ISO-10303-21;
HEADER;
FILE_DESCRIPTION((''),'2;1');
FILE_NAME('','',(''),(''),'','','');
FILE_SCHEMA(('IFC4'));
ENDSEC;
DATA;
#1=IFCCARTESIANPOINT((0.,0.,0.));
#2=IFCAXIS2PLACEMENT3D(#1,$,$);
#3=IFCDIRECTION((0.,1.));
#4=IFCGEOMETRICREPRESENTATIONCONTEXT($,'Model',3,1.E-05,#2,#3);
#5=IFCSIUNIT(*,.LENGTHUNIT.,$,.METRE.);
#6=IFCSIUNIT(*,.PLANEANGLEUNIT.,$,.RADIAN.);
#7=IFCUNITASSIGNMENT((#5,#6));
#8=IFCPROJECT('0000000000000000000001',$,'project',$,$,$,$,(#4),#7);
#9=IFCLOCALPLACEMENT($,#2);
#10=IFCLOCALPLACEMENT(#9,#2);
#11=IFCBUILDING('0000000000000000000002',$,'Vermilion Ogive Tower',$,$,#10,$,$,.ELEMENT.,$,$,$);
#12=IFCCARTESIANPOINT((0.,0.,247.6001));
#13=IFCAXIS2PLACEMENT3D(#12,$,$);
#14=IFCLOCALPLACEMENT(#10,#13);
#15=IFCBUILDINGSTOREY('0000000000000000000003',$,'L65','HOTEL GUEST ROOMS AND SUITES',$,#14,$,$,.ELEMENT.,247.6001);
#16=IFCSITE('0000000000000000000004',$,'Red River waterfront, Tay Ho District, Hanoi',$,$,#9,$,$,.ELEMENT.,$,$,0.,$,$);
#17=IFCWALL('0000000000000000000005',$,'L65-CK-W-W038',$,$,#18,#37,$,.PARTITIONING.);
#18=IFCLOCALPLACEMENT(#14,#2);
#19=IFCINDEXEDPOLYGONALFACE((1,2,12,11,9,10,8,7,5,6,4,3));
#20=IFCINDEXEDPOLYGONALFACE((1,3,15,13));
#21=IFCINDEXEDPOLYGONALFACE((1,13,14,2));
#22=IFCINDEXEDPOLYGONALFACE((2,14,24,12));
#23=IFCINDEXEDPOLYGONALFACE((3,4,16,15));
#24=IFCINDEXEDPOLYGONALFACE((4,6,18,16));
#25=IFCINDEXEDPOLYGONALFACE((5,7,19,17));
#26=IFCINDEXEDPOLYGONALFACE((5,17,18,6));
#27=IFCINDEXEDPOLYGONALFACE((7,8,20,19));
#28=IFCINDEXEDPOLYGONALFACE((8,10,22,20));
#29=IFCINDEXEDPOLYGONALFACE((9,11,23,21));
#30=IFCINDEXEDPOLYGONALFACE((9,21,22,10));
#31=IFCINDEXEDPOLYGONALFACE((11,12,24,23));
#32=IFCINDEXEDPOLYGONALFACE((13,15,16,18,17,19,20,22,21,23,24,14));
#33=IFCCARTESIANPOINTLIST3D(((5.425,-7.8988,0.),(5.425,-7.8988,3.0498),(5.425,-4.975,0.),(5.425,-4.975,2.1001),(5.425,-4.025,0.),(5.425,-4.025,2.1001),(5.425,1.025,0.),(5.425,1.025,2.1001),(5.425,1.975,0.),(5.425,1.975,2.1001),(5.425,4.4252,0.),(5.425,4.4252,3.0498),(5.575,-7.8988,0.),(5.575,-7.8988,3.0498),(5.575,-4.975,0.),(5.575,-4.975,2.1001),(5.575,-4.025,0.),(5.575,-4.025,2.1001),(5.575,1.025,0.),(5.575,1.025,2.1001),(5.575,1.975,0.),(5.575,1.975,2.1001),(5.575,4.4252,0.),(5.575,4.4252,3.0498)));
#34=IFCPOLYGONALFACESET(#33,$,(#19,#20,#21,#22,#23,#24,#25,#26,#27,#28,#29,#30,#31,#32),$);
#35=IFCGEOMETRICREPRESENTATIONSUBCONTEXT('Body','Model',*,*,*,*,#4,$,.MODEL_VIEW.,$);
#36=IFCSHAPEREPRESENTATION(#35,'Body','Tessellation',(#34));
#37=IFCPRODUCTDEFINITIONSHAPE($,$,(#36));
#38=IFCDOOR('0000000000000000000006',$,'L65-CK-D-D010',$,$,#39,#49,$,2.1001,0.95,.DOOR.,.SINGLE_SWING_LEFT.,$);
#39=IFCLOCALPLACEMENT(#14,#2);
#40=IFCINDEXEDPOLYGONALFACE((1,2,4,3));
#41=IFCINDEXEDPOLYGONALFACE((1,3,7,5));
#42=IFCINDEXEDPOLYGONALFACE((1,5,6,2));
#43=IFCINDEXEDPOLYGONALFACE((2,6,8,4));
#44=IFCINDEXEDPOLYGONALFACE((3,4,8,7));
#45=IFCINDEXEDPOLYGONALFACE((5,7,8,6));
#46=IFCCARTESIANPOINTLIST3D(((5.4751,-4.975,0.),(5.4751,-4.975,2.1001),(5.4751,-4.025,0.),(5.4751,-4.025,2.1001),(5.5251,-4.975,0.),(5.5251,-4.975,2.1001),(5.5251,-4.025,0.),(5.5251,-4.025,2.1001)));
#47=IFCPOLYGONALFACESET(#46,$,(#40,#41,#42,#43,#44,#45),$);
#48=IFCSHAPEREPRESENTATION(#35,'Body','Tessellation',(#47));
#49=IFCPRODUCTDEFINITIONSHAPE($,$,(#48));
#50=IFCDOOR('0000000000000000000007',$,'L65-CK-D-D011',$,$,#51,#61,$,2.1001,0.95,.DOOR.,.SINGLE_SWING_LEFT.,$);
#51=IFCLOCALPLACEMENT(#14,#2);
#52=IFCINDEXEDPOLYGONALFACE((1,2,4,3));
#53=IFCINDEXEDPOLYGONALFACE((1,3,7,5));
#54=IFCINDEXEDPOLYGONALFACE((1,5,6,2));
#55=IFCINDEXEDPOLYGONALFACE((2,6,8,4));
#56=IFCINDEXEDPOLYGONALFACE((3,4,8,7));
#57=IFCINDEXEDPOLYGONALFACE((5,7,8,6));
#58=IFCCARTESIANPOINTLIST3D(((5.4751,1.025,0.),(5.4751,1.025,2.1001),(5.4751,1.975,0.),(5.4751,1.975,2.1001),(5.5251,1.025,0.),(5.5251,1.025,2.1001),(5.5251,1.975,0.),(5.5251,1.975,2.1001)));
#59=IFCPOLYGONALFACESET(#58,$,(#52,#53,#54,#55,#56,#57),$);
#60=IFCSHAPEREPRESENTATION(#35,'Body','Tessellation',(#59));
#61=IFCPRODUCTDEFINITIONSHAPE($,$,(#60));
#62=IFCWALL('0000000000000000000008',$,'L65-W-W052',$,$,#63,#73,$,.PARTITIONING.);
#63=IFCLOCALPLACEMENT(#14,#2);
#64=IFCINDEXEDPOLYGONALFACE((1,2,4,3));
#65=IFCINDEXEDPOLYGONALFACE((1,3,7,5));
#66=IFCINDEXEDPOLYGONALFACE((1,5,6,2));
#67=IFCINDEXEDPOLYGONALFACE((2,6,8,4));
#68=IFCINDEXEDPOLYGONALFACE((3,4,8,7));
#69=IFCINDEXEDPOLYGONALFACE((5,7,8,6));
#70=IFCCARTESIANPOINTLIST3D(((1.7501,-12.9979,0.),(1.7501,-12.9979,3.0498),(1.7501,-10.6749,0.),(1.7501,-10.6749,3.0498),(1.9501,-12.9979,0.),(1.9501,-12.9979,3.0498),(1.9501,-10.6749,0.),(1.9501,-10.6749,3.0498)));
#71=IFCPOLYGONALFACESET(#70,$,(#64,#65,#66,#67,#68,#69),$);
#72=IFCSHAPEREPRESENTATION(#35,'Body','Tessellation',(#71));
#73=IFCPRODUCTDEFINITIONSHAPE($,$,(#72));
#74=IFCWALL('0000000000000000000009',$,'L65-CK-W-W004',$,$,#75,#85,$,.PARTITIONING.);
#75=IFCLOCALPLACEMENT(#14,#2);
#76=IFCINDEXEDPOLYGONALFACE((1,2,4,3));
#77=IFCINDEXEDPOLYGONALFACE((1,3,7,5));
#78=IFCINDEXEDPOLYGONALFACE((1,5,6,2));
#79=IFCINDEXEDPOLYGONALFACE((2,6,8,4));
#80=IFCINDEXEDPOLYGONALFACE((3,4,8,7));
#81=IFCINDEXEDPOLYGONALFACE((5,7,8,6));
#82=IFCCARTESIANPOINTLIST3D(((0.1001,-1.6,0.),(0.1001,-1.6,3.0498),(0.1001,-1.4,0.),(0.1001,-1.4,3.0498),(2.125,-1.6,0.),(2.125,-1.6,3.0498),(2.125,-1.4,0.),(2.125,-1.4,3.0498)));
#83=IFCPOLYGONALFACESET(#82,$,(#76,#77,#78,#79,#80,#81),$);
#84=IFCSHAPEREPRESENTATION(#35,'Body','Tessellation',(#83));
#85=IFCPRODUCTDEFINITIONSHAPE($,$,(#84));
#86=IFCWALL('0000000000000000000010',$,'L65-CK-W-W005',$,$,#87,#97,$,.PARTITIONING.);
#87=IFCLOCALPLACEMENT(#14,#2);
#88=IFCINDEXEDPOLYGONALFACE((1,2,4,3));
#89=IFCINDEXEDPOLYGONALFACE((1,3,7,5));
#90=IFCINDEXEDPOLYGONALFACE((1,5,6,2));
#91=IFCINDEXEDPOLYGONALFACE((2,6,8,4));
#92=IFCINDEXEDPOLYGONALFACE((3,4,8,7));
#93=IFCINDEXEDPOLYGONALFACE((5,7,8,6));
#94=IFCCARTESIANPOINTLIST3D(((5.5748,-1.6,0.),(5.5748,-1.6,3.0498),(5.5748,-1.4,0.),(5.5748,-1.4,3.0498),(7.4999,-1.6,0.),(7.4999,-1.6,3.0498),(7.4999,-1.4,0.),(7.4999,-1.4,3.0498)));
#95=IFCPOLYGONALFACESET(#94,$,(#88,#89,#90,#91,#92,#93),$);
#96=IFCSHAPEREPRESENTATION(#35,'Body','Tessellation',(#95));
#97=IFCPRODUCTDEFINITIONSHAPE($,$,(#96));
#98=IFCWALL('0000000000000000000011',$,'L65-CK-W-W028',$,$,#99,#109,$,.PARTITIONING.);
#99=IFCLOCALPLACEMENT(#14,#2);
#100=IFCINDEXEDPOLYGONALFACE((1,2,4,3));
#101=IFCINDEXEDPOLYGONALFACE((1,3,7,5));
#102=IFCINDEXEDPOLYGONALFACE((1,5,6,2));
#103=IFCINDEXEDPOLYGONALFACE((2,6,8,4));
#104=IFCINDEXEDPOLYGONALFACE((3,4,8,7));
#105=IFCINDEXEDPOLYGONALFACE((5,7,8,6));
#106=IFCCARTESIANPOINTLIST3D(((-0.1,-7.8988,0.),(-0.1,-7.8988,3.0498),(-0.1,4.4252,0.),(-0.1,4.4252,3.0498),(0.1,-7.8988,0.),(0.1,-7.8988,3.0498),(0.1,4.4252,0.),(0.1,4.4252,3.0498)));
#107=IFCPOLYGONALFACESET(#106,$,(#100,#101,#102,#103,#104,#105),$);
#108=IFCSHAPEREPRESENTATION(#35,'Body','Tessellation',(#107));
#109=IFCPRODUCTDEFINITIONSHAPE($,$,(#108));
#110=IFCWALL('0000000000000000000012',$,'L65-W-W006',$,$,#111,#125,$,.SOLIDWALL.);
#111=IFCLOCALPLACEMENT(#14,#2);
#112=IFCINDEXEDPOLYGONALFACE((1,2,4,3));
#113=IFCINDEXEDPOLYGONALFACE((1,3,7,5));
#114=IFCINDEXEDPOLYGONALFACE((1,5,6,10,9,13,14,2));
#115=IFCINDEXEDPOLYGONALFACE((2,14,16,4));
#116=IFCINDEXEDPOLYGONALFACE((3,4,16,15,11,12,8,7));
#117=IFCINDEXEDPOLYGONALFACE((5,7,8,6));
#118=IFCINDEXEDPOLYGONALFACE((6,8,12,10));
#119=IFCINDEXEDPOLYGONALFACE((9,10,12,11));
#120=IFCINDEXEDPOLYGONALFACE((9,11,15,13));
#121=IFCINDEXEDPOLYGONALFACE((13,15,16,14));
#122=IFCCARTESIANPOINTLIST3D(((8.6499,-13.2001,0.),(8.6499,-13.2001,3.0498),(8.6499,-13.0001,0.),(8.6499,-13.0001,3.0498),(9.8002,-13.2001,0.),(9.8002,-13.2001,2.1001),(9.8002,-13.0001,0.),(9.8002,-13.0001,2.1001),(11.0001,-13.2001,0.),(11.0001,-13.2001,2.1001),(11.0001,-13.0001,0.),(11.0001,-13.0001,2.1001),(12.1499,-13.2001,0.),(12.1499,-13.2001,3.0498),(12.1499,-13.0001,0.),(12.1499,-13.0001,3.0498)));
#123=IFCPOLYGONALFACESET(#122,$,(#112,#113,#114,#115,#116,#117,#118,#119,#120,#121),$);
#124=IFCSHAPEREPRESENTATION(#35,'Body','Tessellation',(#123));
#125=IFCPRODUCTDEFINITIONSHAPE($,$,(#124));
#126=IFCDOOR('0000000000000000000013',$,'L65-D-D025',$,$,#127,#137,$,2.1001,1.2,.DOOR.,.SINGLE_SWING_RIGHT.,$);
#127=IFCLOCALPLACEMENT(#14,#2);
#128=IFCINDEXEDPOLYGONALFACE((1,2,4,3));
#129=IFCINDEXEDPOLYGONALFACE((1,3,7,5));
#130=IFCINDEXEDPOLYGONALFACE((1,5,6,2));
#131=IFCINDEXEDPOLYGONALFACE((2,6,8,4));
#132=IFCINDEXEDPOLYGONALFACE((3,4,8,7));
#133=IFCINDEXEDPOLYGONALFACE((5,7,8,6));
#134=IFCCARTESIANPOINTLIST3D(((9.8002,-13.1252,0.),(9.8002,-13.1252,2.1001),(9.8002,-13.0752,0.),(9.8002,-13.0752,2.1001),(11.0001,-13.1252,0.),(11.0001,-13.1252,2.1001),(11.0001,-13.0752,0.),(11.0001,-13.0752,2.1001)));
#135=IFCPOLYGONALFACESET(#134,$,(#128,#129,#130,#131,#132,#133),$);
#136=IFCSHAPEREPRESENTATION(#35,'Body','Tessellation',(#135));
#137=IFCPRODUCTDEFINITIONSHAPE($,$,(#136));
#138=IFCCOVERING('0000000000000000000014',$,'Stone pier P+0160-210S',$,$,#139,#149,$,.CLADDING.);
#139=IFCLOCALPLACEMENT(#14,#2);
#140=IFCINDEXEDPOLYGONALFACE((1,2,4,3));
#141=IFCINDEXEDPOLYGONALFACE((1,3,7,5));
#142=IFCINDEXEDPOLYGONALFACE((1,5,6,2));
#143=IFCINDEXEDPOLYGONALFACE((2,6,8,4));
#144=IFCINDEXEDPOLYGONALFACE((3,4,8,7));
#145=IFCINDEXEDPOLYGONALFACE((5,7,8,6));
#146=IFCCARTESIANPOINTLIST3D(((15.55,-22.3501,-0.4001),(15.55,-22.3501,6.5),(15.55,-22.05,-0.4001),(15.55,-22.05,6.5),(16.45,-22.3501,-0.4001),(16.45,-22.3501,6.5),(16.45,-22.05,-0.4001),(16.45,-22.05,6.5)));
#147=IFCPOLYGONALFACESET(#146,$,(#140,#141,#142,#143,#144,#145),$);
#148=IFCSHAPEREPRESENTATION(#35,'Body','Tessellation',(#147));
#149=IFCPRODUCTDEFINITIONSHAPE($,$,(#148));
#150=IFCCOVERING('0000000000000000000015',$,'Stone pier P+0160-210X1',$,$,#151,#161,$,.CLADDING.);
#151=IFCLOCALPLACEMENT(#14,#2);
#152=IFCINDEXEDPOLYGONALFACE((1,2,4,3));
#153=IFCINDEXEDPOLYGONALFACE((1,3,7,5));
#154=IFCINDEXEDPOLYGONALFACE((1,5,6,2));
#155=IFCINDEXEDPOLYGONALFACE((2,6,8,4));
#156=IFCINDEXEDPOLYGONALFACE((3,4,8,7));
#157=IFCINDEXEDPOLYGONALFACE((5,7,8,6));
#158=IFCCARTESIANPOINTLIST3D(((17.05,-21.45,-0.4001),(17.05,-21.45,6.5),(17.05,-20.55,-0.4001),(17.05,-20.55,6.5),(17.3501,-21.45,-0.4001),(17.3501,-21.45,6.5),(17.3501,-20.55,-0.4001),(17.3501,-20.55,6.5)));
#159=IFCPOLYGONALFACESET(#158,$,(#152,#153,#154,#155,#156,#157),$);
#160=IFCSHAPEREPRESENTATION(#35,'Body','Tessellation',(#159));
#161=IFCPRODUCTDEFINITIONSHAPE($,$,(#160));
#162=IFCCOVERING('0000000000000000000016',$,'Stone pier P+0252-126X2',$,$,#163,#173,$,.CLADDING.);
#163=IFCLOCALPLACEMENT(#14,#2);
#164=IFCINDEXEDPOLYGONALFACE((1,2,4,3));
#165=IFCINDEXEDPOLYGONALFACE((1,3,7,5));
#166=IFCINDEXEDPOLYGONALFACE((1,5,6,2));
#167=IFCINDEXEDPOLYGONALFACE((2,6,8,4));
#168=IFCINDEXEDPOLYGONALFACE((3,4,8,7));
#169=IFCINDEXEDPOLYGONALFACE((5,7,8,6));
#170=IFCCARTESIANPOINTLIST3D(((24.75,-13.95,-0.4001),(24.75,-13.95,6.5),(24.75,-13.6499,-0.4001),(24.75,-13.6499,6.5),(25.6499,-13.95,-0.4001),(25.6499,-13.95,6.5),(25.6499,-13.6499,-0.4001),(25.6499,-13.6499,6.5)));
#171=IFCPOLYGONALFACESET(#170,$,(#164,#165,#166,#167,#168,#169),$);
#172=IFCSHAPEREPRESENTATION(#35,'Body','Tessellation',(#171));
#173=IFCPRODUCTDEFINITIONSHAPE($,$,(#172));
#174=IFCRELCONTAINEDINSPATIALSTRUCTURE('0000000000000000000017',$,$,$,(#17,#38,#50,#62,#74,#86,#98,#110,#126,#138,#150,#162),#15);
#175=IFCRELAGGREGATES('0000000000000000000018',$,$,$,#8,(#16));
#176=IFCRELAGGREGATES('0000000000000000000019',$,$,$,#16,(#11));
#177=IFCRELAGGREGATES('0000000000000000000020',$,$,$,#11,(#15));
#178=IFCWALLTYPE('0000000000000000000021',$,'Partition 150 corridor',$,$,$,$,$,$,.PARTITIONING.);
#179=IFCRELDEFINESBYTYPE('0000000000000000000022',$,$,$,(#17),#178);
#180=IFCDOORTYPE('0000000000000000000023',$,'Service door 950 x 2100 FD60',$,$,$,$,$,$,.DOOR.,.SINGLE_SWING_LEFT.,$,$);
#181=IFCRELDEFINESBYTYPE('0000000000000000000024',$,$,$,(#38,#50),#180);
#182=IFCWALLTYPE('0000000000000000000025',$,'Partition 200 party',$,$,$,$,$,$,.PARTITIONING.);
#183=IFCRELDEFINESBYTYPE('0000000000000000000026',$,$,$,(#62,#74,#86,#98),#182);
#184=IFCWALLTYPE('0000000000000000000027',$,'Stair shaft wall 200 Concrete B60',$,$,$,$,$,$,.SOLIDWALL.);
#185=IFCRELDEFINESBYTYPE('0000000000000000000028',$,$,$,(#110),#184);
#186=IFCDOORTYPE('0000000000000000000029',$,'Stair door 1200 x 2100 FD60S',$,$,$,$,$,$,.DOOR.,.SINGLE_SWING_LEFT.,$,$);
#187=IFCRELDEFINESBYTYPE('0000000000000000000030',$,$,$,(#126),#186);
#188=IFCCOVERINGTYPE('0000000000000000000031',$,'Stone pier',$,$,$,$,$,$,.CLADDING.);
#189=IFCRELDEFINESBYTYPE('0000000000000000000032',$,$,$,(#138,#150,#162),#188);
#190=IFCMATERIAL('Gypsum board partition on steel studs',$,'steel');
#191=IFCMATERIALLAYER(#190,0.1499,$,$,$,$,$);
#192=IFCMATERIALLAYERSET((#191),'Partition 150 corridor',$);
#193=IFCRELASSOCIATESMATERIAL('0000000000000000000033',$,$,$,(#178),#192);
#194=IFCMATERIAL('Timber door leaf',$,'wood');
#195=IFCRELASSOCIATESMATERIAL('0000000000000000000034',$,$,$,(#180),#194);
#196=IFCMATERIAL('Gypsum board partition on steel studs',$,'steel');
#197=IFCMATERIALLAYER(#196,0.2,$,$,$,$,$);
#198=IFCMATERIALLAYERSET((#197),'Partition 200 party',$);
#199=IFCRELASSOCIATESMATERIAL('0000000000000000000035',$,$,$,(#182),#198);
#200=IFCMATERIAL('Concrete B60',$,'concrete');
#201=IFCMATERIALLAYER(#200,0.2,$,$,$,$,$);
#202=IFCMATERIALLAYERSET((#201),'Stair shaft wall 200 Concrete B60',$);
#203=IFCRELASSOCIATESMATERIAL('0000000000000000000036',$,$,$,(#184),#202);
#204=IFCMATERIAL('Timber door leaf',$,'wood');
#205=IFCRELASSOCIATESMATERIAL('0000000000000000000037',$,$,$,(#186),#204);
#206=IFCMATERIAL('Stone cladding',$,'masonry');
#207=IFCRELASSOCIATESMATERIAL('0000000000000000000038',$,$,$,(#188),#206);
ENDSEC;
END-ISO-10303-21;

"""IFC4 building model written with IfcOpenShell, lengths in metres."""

from ifc_helpers import new_model, si_unit, direction, frame, frame_2d, origin, place, context, subcontext, project, spatial, polyline, rectangle, outline, extrude, material, layer, layer_set, type_object, element, fill, save


model = new_model("IFC4")

# Units and contexts
model_context = context("Model", 3, precision=1e-05, world=origin(), true_north=direction((0.0, 1.0)))
body_context = subcontext(model_context, "Body", "Model", "MODEL_VIEW")
ifc_project = project(units=[si_unit("LENGTHUNIT", "METRE"), si_unit("PLANEANGLEUNIT", "RADIAN")], contexts=[model_context])

# Site, building, storey
site_placement = place(None, origin())
site = spatial("IfcSite", under=ifc_project, at=site_placement, Name="Red River waterfront, Tay Ho District, Hanoi", CompositionType="ELEMENT", RefElevation=0.0)
building_placement = place(site_placement, origin())
building = spatial("IfcBuilding", under=site, at=building_placement, Name="Vermilion Ogive Tower", CompositionType="ELEMENT")
storey_placement = place(building_placement, frame((0.0, 0.0, 247.6001)))
storey = spatial("IfcBuildingStorey", under=building, at=storey_placement, Name="L65", Description="HOTEL GUEST ROOMS AND SUITES", CompositionType="ELEMENT", Elevation=247.6001)

# Shared definitions
ifc_material_1 = material(Name="Gypsum board partition on steel studs", Category="steel")
ifc_layer_1 = layer(ifc_material_1, 0.1499)
ifc_layer_set_1 = layer_set([ifc_layer_1], Name="Partition 150 corridor")
wall_type_1 = type_object("IfcWallType", Name="Partition 150 corridor", PredefinedType="PARTITIONING", material=ifc_layer_set_1)

# Wall, openings, doors
ifc_material_2 = material(Name="Timber door leaf", Category="wood")
door_type_1 = type_object("IfcDoorType", Name="Service door 950 x 2100 FD60", OperationType="SINGLE_SWING_LEFT", PredefinedType="DOOR", material=ifc_material_2)
wall_1_placement = place(storey_placement, frame((5.5, -7.8989, 0.0), z_axis=(0.0, 0.0, 1.0), x_axis=(0.0, 1.0, 0.0)))
wall_1 = element("IfcWall", 1, at=wall_1_placement, inside=storey, type_object=wall_type_1, Name="L65-CK-W-W038", PredefinedType="PARTITIONING", context=body_context, shape_type="SweptSolid", body=[
    extrude(rectangle(XDim=12.324, YDim=0.1499, at=frame_2d((6.1621, 0.0))), origin(), (0.0, 0.0, 1.0), 3.0498),
])
opening_1_placement = place(wall_1_placement, frame((2.9238, 0.0, 0.0)))
opening_1 = element("IfcOpeningElement", 2, at=opening_1_placement, cuts=wall_1, PredefinedType="OPENING", context=body_context, shape_type="SweptSolid", body=[
    extrude(rectangle(XDim=0.95, YDim=2.1001, at=frame_2d((0.4751, 1.05))), frame((0.0, 0.085, 0.0), z_axis=(0.0, -1.0, 0.0), x_axis=(1.0, 0.0, 0.0)), (0.0, 0.0, 1.0), 0.1699),
])
opening_2_placement = place(wall_1_placement, frame((8.9238, 0.0, 0.0)))
opening_2 = element("IfcOpeningElement", 3, at=opening_2_placement, cuts=wall_1, PredefinedType="OPENING", context=body_context, shape_type="SweptSolid", body=[
    extrude(rectangle(XDim=0.95, YDim=2.1001, at=frame_2d((0.4751, 1.05))), frame((0.0, 0.085, 0.0), z_axis=(0.0, -1.0, 0.0), x_axis=(1.0, 0.0, 0.0)), (0.0, 0.0, 1.0), 0.1699),
])
door_1_placement = place(opening_1_placement, origin())
door_1 = element("IfcDoor", 4, at=door_1_placement, inside=storey, type_object=door_type_1, Name="L65-CK-D-D010", OperationType="SINGLE_SWING_LEFT", OverallHeight=2.1001, OverallWidth=0.95, PredefinedType="DOOR", context=body_context, shape_type="SweptSolid", body=[
    extrude(rectangle(XDim=0.95, YDim=2.1001, at=frame_2d((0.4751, 1.05))), frame((0.0, 0.0249, 0.0), z_axis=(0.0, -1.0, 0.0), x_axis=(1.0, 0.0, 0.0)), (0.0, 0.0, 1.0), 0.05),
])
fill(opening_1, door_1)
door_2_placement = place(opening_2_placement, origin())
door_2 = element("IfcDoor", 5, at=door_2_placement, inside=storey, type_object=door_type_1, Name="L65-CK-D-D011", OperationType="SINGLE_SWING_LEFT", OverallHeight=2.1001, OverallWidth=0.95, PredefinedType="DOOR", context=body_context, shape_type="SweptSolid", body=[
    extrude(rectangle(XDim=0.95, YDim=2.1001, at=frame_2d((0.4751, 1.05))), frame((0.0, 0.0249, 0.0), z_axis=(0.0, -1.0, 0.0), x_axis=(1.0, 0.0, 0.0)), (0.0, 0.0, 1.0), 0.05),
])
fill(opening_2, door_2)

# Walls
ifc_material_3 = material(Name="Gypsum board partition on steel studs", Category="steel")
ifc_layer_2 = layer(ifc_material_3, 0.2)
ifc_layer_set_2 = layer_set([ifc_layer_2], Name="Partition 200 party")
wall_type_2 = type_object("IfcWallType", Name="Partition 200 party", PredefinedType="PARTITIONING", material=ifc_layer_set_2)
wall_2_placement = place(storey_placement, frame((1.8501, -12.998, 0.0), z_axis=(0.0, 0.0, 1.0), x_axis=(0.0, 1.0, 0.0)))
element("IfcWall", 6, at=wall_2_placement, inside=storey, type_object=wall_type_2, Name="L65-W-W052", PredefinedType="PARTITIONING", context=body_context, shape_type="SweptSolid", body=[
    extrude(rectangle(XDim=2.323, YDim=0.2, at=frame_2d((1.1616, 0.0))), origin(), (0.0, 0.0, 1.0), 3.0498),
])
wall_3_placement = place(storey_placement, frame((0.1001, -1.5, 0.0), z_axis=(0.0, 0.0, 1.0), x_axis=(1.0, 0.0, 0.0)))
element("IfcWall", 7, at=wall_3_placement, inside=storey, type_object=wall_type_2, Name="L65-CK-W-W004", PredefinedType="PARTITIONING", context=body_context, shape_type="SweptSolid", body=[
    extrude(rectangle(XDim=2.0249, YDim=0.2, at=frame_2d((1.0125, 0.0))), origin(), (0.0, 0.0, 1.0), 3.0498),
])
wall_4_placement = place(storey_placement, frame((5.575, -1.5, 0.0), z_axis=(0.0, 0.0, 1.0), x_axis=(1.0, 0.0, 0.0)))
element("IfcWall", 8, at=wall_4_placement, inside=storey, type_object=wall_type_2, Name="L65-CK-W-W005", PredefinedType="PARTITIONING", context=body_context, shape_type="SweptSolid", body=[
    extrude(rectangle(XDim=1.925, YDim=0.2, at=frame_2d((0.9624, 0.0))), origin(), (0.0, 0.0, 1.0), 3.0498),
])
wall_5_placement = place(storey_placement, frame((0.0, -7.8989, 0.0), z_axis=(0.0, 0.0, 1.0), x_axis=(0.0, 1.0, 0.0)))
element("IfcWall", 9, at=wall_5_placement, inside=storey, type_object=wall_type_2, Name="L65-CK-W-W028", PredefinedType="PARTITIONING", context=body_context, shape_type="SweptSolid", body=[
    extrude(rectangle(XDim=12.324, YDim=0.2, at=frame_2d((6.1621, 0.0))), origin(), (0.0, 0.0, 1.0), 3.0498),
])

# Wall, opening, door
ifc_material_4 = material(Name="Concrete B60", Category="concrete")
ifc_layer_3 = layer(ifc_material_4, 0.2)
ifc_layer_set_3 = layer_set([ifc_layer_3], Name="Stair shaft wall 200 Concrete B60")
wall_type_3 = type_object("IfcWallType", Name="Stair shaft wall 200 Concrete B60", PredefinedType="SOLIDWALL", material=ifc_layer_set_3)
wall_6_placement = place(storey_placement, frame((8.6499, -13.1001, 0.0), z_axis=(0.0, 0.0, 1.0), x_axis=(1.0, 0.0, 0.0)))
wall_6 = element("IfcWall", 10, at=wall_6_placement, inside=storey, type_object=wall_type_3, Name="L65-W-W006", PredefinedType="SOLIDWALL", context=body_context, shape_type="SweptSolid", body=[
    extrude(rectangle(XDim=3.5, YDim=0.2, at=frame_2d((1.75, 0.0))), origin(), (0.0, 0.0, 1.0), 3.0498),
])
opening_3_placement = place(wall_6_placement, frame((1.1501, 0.0, 0.0)))
opening_3 = element("IfcOpeningElement", 11, at=opening_3_placement, cuts=wall_6, PredefinedType="OPENING", context=body_context, shape_type="SweptSolid", body=[
    extrude(rectangle(XDim=1.2, YDim=2.1001, at=frame_2d((0.6001, 1.05))), frame((0.0, 0.1099, 0.0), z_axis=(0.0, -1.0, 0.0), x_axis=(1.0, 0.0, 0.0)), (0.0, 0.0, 1.0), 0.22),
])
ifc_material_5 = material(Name="Timber door leaf", Category="wood")
door_type_2 = type_object("IfcDoorType", Name="Stair door 1200 x 2100 FD60S", OperationType="SINGLE_SWING_LEFT", PredefinedType="DOOR", material=ifc_material_5)
door_3_placement = place(opening_3_placement, origin())
door_3 = element("IfcDoor", 12, at=door_3_placement, inside=storey, type_object=door_type_2, Name="L65-D-D025", OperationType="SINGLE_SWING_RIGHT", OverallHeight=2.1001, OverallWidth=1.2, PredefinedType="DOOR", context=body_context, shape_type="SweptSolid", body=[
    extrude(rectangle(XDim=1.2, YDim=2.1001, at=frame_2d((0.6001, 1.05))), frame((0.0, 0.0249, 0.0), z_axis=(0.0, -1.0, 0.0), x_axis=(1.0, 0.0, 0.0)), (0.0, 0.0, 1.0), 0.05),
])
fill(opening_3, door_3)

# Coverings
ifc_material_6 = material(Name="Stone cladding", Category="masonry")
covering_type = type_object("IfcCoveringType", Name="Stone pier", PredefinedType="CLADDING", material=ifc_material_6)
covering_1_placement = place(storey_placement, frame((0.0, 0.0, -0.4001)))
element("IfcCovering", 13, at=covering_1_placement, inside=storey, type_object=covering_type, Name="Stone pier P+0160-210S", PredefinedType="CLADDING", context=body_context, shape_type="SweptSolid", body=[
    extrude(outline(polyline([(16.45, -22.3501), (15.55, -22.3501), (15.55, -22.05), (16.45, -22.05), (16.45, -22.3501)])), origin(), (0.0, 0.0, 1.0), 6.9001),
])
covering_2_placement = place(storey_placement, frame((0.0, 0.0, -0.4001)))
element("IfcCovering", 14, at=covering_2_placement, inside=storey, type_object=covering_type, Name="Stone pier P+0160-210X1", PredefinedType="CLADDING", context=body_context, shape_type="SweptSolid", body=[
    extrude(outline(polyline([(17.3501, -21.45), (17.05, -21.45), (17.05, -20.55), (17.3501, -20.55), (17.3501, -21.45)])), origin(), (0.0, 0.0, 1.0), 6.9001),
])
covering_3_placement = place(storey_placement, frame((0.0, 0.0, -0.4001)))
element("IfcCovering", 15, at=covering_3_placement, inside=storey, type_object=covering_type, Name="Stone pier P+0252-126X2", PredefinedType="CLADDING", context=body_context, shape_type="SweptSolid", body=[
    extrude(outline(polyline([(25.6499, -13.95), (24.75, -13.95), (24.75, -13.6499), (25.6499, -13.6499), (25.6499, -13.95)])), origin(), (0.0, 0.0, 1.0), 6.9001),
])

save(model, "model.ifc")
